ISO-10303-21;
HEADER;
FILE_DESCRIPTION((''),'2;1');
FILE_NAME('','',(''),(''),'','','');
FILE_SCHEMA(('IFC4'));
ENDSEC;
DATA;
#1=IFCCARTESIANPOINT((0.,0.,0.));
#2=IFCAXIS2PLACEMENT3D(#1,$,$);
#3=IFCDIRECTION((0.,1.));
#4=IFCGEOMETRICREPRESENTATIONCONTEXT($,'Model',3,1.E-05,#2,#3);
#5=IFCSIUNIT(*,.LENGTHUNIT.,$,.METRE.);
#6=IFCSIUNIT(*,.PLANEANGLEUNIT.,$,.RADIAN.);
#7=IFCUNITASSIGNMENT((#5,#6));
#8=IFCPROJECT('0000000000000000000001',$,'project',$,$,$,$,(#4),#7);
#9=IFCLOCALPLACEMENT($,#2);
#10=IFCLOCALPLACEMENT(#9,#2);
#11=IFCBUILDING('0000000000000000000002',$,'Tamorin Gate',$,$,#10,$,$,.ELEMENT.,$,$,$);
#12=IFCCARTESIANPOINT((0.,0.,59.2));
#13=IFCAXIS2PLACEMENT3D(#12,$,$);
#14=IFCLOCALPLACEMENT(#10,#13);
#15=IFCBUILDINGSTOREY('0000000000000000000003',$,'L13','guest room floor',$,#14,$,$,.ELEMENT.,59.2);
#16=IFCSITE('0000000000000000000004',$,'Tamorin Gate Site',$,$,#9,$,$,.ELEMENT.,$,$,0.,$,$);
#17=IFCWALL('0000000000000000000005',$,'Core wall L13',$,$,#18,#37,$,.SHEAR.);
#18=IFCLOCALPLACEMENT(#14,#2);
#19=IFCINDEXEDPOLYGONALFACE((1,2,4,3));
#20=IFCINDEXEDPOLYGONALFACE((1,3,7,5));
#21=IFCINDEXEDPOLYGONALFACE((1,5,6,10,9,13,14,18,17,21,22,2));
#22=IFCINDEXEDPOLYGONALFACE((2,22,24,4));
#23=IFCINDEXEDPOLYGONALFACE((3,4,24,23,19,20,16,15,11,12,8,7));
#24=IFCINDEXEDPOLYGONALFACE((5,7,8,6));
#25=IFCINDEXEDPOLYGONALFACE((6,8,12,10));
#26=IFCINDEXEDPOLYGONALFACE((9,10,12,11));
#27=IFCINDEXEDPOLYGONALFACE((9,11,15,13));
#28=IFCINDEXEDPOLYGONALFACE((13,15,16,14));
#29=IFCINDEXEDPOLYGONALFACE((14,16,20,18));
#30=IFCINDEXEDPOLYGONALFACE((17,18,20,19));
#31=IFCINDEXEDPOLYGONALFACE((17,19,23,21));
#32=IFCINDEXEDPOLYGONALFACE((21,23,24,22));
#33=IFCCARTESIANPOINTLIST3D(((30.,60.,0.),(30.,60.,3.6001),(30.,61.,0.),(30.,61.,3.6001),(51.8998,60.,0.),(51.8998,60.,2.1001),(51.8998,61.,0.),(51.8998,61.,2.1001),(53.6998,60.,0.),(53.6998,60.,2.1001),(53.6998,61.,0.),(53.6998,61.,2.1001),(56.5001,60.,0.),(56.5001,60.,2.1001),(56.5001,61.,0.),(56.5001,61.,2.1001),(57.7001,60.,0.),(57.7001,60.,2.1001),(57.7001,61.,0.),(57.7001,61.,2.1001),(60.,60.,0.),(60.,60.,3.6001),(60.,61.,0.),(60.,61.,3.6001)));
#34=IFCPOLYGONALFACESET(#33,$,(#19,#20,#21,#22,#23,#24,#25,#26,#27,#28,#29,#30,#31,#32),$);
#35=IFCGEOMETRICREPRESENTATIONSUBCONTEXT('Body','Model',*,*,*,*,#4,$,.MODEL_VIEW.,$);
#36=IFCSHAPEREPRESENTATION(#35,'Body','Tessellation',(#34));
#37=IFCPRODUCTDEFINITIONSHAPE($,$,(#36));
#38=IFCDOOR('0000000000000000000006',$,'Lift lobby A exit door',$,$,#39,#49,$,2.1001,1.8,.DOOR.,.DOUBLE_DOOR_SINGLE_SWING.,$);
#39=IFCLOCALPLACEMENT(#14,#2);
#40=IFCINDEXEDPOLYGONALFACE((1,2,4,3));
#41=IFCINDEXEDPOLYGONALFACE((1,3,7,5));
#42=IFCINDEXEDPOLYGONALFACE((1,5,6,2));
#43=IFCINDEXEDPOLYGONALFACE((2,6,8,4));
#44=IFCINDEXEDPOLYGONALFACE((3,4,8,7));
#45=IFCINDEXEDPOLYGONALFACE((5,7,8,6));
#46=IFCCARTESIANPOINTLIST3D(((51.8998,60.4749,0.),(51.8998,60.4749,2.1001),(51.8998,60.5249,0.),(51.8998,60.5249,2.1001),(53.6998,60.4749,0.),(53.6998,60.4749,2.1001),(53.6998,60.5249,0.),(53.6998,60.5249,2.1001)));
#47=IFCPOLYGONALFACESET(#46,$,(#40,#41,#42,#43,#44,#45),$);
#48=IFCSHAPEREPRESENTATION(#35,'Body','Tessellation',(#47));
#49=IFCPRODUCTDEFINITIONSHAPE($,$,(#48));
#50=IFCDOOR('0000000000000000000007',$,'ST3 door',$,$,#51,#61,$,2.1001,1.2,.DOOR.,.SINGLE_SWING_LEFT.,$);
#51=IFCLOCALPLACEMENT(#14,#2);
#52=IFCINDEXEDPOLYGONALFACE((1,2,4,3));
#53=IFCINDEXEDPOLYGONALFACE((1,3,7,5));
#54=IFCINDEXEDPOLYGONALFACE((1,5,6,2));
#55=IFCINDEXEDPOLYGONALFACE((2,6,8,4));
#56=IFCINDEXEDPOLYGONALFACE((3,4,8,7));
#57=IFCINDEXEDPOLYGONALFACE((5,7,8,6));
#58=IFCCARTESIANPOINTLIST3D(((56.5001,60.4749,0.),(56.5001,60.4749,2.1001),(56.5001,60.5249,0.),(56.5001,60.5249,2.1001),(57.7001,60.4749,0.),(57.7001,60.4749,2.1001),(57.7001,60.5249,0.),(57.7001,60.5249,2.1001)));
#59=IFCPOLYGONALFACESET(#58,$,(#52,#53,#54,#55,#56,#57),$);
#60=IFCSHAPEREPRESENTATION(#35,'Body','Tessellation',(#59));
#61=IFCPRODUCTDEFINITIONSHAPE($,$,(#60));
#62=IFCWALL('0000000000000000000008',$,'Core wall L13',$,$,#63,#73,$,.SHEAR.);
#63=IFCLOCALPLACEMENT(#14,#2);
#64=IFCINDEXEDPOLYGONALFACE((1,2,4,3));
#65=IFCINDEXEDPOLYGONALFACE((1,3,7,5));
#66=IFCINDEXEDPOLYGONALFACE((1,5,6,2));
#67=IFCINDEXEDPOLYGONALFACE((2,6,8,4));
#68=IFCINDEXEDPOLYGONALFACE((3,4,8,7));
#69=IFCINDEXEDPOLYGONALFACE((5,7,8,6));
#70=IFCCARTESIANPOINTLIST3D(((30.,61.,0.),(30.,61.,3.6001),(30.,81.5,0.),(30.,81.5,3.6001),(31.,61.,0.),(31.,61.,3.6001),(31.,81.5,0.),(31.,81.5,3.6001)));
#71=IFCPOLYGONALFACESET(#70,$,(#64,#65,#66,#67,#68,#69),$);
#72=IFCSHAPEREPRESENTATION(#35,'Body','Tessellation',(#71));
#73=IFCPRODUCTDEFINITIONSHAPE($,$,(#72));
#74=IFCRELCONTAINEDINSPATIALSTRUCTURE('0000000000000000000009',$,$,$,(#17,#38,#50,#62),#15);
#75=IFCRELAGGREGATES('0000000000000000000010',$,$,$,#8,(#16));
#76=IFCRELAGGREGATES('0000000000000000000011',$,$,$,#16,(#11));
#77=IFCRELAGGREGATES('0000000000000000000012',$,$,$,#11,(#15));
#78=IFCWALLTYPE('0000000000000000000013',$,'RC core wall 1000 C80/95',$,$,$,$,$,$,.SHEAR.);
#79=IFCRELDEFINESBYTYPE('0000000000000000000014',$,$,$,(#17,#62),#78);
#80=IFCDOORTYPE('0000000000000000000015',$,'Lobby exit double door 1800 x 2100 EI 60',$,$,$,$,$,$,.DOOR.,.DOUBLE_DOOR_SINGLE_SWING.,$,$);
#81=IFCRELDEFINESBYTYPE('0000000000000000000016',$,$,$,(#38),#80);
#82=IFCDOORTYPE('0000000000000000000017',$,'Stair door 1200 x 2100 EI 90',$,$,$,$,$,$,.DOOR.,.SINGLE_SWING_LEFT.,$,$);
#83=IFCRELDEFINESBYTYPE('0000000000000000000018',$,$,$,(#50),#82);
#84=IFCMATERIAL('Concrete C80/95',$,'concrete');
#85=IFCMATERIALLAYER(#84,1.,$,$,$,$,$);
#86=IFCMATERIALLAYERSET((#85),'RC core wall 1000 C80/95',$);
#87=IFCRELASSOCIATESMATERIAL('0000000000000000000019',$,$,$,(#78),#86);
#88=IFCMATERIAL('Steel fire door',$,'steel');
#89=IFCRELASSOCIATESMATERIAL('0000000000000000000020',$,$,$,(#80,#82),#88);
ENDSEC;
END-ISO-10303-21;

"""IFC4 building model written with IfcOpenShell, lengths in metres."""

from ifc_helpers import new_model, si_unit, direction, frame, frame_2d, origin, place, context, subcontext, project, spatial, rectangle, extrude, material, layer, layer_set, type_object, element, fill, save


model = new_model("IFC4")

# Units and contexts
model_context = context("Model", 3, precision=1e-05, world=origin(), true_north=direction((0.0, 1.0)))
body_context = subcontext(model_context, "Body", "Model", "MODEL_VIEW")
ifc_project = project(units=[si_unit("LENGTHUNIT", "METRE"), si_unit("PLANEANGLEUNIT", "RADIAN")], contexts=[model_context])

# Site, building, storey
site_placement = place(None, origin())
site = spatial("IfcSite", under=ifc_project, at=site_placement, Name="Tamorin Gate Site", CompositionType="ELEMENT", RefElevation=0.0)
building_placement = place(site_placement, origin())
building = spatial("IfcBuilding", under=site, at=building_placement, Name="Tamorin Gate", CompositionType="ELEMENT")
storey_placement = place(building_placement, frame((0.0, 0.0, 59.2)))
storey = spatial("IfcBuildingStorey", under=building, at=storey_placement, Name="L13", Description="guest room floor", CompositionType="ELEMENT", Elevation=59.2)

# Shared definitions
ifc_material_1 = material(Name="Concrete C80/95", Category="concrete")

# Wall, openings, doors
ifc_layer_1 = layer(ifc_material_1, 1.0)
ifc_layer_set_1 = layer_set([ifc_layer_1], Name="RC core wall 1000 C80/95")
wall_type_1 = type_object("IfcWallType", Name="RC core wall 1000 C80/95", PredefinedType="SHEAR", material=ifc_layer_set_1)
wall_1_placement = place(storey_placement, frame((30.0, 60.5, 0.0), z_axis=(0.0, 0.0, 1.0), x_axis=(1.0, 0.0, 0.0)))
wall_1 = element("IfcWall", 1, at=wall_1_placement, inside=storey, type_object=wall_type_1, Name="Core wall L13", PredefinedType="SHEAR", context=body_context, shape_type="SweptSolid", body=[
    extrude(rectangle(XDim=30.0, YDim=1.0, at=frame_2d((15.0, 0.0))), origin(), (0.0, 0.0, 1.0), 3.6001),
])
opening_1_placement = place(wall_1_placement, frame((21.8999, 0.0, 0.0)))
opening_1 = element("IfcOpeningElement", 2, at=opening_1_placement, cuts=wall_1, PredefinedType="OPENING", context=body_context, shape_type="SweptSolid", body=[
    extrude(rectangle(XDim=1.8, YDim=2.1001, at=frame_2d((0.8999, 1.05))), frame((0.0, 0.51, 0.0), z_axis=(0.0, -1.0, 0.0), x_axis=(1.0, 0.0, 0.0)), (0.0, 0.0, 1.0), 1.02),
])
opening_2_placement = place(wall_1_placement, frame((26.5, 0.0, 0.0)))
opening_2 = element("IfcOpeningElement", 3, at=opening_2_placement, cuts=wall_1, PredefinedType="OPENING", context=body_context, shape_type="SweptSolid", body=[
    extrude(rectangle(XDim=1.2, YDim=2.1001, at=frame_2d((0.6001, 1.05))), frame((0.0, 0.51, 0.0), z_axis=(0.0, -1.0, 0.0), x_axis=(1.0, 0.0, 0.0)), (0.0, 0.0, 1.0), 1.02),
])
ifc_material_2 = material(Name="Steel fire door", Category="steel")
door_type_1 = type_object("IfcDoorType", Name="Lobby exit double door 1800 x 2100 EI 60", OperationType="DOUBLE_DOOR_SINGLE_SWING", PredefinedType="DOOR", material=ifc_material_2)
door_1_placement = place(opening_1_placement, origin())
door_1 = element("IfcDoor", 4, at=door_1_placement, inside=storey, type_object=door_type_1, Name="Lift lobby A exit door", OperationType="DOUBLE_DOOR_SINGLE_SWING", OverallHeight=2.1001, OverallWidth=1.8, PredefinedType="DOOR", context=body_context, shape_type="SweptSolid", body=[
    extrude(rectangle(XDim=1.8, YDim=2.1001, at=frame_2d((0.8999, 1.05))), frame((0.0, 0.0249, 0.0), z_axis=(0.0, -1.0, 0.0), x_axis=(1.0, 0.0, 0.0)), (0.0, 0.0, 1.0), 0.05),
])
fill(opening_1, door_1)
door_type_2 = type_object("IfcDoorType", Name="Stair door 1200 x 2100 EI 90", OperationType="SINGLE_SWING_LEFT", PredefinedType="DOOR", material=ifc_material_2)
door_2_placement = place(opening_2_placement, origin())
door_2 = element("IfcDoor", 5, at=door_2_placement, inside=storey, type_object=door_type_2, Name="ST3 door", OperationType="SINGLE_SWING_LEFT", OverallHeight=2.1001, OverallWidth=1.2, PredefinedType="DOOR", context=body_context, shape_type="SweptSolid", body=[
    extrude(rectangle(XDim=1.2, YDim=2.1001, at=frame_2d((0.6001, 1.05))), frame((0.0, 0.0249, 0.0), z_axis=(0.0, -1.0, 0.0), x_axis=(1.0, 0.0, 0.0)), (0.0, 0.0, 1.0), 0.05),
])
fill(opening_2, door_2)

# Wall
wall_2_placement = place(storey_placement, frame((30.5, 61.0, 0.0), z_axis=(0.0, 0.0, 1.0), x_axis=(0.0, 1.0, 0.0)))
element("IfcWall", 6, at=wall_2_placement, inside=storey, type_object=wall_type_1, Name="Core wall L13", PredefinedType="SHEAR", context=body_context, shape_type="SweptSolid", body=[
    extrude(rectangle(XDim=20.5, YDim=1.0, at=frame_2d((10.25, 0.0))), origin(), (0.0, 0.0, 1.0), 3.6001),
])

save(model, "model.ifc")
